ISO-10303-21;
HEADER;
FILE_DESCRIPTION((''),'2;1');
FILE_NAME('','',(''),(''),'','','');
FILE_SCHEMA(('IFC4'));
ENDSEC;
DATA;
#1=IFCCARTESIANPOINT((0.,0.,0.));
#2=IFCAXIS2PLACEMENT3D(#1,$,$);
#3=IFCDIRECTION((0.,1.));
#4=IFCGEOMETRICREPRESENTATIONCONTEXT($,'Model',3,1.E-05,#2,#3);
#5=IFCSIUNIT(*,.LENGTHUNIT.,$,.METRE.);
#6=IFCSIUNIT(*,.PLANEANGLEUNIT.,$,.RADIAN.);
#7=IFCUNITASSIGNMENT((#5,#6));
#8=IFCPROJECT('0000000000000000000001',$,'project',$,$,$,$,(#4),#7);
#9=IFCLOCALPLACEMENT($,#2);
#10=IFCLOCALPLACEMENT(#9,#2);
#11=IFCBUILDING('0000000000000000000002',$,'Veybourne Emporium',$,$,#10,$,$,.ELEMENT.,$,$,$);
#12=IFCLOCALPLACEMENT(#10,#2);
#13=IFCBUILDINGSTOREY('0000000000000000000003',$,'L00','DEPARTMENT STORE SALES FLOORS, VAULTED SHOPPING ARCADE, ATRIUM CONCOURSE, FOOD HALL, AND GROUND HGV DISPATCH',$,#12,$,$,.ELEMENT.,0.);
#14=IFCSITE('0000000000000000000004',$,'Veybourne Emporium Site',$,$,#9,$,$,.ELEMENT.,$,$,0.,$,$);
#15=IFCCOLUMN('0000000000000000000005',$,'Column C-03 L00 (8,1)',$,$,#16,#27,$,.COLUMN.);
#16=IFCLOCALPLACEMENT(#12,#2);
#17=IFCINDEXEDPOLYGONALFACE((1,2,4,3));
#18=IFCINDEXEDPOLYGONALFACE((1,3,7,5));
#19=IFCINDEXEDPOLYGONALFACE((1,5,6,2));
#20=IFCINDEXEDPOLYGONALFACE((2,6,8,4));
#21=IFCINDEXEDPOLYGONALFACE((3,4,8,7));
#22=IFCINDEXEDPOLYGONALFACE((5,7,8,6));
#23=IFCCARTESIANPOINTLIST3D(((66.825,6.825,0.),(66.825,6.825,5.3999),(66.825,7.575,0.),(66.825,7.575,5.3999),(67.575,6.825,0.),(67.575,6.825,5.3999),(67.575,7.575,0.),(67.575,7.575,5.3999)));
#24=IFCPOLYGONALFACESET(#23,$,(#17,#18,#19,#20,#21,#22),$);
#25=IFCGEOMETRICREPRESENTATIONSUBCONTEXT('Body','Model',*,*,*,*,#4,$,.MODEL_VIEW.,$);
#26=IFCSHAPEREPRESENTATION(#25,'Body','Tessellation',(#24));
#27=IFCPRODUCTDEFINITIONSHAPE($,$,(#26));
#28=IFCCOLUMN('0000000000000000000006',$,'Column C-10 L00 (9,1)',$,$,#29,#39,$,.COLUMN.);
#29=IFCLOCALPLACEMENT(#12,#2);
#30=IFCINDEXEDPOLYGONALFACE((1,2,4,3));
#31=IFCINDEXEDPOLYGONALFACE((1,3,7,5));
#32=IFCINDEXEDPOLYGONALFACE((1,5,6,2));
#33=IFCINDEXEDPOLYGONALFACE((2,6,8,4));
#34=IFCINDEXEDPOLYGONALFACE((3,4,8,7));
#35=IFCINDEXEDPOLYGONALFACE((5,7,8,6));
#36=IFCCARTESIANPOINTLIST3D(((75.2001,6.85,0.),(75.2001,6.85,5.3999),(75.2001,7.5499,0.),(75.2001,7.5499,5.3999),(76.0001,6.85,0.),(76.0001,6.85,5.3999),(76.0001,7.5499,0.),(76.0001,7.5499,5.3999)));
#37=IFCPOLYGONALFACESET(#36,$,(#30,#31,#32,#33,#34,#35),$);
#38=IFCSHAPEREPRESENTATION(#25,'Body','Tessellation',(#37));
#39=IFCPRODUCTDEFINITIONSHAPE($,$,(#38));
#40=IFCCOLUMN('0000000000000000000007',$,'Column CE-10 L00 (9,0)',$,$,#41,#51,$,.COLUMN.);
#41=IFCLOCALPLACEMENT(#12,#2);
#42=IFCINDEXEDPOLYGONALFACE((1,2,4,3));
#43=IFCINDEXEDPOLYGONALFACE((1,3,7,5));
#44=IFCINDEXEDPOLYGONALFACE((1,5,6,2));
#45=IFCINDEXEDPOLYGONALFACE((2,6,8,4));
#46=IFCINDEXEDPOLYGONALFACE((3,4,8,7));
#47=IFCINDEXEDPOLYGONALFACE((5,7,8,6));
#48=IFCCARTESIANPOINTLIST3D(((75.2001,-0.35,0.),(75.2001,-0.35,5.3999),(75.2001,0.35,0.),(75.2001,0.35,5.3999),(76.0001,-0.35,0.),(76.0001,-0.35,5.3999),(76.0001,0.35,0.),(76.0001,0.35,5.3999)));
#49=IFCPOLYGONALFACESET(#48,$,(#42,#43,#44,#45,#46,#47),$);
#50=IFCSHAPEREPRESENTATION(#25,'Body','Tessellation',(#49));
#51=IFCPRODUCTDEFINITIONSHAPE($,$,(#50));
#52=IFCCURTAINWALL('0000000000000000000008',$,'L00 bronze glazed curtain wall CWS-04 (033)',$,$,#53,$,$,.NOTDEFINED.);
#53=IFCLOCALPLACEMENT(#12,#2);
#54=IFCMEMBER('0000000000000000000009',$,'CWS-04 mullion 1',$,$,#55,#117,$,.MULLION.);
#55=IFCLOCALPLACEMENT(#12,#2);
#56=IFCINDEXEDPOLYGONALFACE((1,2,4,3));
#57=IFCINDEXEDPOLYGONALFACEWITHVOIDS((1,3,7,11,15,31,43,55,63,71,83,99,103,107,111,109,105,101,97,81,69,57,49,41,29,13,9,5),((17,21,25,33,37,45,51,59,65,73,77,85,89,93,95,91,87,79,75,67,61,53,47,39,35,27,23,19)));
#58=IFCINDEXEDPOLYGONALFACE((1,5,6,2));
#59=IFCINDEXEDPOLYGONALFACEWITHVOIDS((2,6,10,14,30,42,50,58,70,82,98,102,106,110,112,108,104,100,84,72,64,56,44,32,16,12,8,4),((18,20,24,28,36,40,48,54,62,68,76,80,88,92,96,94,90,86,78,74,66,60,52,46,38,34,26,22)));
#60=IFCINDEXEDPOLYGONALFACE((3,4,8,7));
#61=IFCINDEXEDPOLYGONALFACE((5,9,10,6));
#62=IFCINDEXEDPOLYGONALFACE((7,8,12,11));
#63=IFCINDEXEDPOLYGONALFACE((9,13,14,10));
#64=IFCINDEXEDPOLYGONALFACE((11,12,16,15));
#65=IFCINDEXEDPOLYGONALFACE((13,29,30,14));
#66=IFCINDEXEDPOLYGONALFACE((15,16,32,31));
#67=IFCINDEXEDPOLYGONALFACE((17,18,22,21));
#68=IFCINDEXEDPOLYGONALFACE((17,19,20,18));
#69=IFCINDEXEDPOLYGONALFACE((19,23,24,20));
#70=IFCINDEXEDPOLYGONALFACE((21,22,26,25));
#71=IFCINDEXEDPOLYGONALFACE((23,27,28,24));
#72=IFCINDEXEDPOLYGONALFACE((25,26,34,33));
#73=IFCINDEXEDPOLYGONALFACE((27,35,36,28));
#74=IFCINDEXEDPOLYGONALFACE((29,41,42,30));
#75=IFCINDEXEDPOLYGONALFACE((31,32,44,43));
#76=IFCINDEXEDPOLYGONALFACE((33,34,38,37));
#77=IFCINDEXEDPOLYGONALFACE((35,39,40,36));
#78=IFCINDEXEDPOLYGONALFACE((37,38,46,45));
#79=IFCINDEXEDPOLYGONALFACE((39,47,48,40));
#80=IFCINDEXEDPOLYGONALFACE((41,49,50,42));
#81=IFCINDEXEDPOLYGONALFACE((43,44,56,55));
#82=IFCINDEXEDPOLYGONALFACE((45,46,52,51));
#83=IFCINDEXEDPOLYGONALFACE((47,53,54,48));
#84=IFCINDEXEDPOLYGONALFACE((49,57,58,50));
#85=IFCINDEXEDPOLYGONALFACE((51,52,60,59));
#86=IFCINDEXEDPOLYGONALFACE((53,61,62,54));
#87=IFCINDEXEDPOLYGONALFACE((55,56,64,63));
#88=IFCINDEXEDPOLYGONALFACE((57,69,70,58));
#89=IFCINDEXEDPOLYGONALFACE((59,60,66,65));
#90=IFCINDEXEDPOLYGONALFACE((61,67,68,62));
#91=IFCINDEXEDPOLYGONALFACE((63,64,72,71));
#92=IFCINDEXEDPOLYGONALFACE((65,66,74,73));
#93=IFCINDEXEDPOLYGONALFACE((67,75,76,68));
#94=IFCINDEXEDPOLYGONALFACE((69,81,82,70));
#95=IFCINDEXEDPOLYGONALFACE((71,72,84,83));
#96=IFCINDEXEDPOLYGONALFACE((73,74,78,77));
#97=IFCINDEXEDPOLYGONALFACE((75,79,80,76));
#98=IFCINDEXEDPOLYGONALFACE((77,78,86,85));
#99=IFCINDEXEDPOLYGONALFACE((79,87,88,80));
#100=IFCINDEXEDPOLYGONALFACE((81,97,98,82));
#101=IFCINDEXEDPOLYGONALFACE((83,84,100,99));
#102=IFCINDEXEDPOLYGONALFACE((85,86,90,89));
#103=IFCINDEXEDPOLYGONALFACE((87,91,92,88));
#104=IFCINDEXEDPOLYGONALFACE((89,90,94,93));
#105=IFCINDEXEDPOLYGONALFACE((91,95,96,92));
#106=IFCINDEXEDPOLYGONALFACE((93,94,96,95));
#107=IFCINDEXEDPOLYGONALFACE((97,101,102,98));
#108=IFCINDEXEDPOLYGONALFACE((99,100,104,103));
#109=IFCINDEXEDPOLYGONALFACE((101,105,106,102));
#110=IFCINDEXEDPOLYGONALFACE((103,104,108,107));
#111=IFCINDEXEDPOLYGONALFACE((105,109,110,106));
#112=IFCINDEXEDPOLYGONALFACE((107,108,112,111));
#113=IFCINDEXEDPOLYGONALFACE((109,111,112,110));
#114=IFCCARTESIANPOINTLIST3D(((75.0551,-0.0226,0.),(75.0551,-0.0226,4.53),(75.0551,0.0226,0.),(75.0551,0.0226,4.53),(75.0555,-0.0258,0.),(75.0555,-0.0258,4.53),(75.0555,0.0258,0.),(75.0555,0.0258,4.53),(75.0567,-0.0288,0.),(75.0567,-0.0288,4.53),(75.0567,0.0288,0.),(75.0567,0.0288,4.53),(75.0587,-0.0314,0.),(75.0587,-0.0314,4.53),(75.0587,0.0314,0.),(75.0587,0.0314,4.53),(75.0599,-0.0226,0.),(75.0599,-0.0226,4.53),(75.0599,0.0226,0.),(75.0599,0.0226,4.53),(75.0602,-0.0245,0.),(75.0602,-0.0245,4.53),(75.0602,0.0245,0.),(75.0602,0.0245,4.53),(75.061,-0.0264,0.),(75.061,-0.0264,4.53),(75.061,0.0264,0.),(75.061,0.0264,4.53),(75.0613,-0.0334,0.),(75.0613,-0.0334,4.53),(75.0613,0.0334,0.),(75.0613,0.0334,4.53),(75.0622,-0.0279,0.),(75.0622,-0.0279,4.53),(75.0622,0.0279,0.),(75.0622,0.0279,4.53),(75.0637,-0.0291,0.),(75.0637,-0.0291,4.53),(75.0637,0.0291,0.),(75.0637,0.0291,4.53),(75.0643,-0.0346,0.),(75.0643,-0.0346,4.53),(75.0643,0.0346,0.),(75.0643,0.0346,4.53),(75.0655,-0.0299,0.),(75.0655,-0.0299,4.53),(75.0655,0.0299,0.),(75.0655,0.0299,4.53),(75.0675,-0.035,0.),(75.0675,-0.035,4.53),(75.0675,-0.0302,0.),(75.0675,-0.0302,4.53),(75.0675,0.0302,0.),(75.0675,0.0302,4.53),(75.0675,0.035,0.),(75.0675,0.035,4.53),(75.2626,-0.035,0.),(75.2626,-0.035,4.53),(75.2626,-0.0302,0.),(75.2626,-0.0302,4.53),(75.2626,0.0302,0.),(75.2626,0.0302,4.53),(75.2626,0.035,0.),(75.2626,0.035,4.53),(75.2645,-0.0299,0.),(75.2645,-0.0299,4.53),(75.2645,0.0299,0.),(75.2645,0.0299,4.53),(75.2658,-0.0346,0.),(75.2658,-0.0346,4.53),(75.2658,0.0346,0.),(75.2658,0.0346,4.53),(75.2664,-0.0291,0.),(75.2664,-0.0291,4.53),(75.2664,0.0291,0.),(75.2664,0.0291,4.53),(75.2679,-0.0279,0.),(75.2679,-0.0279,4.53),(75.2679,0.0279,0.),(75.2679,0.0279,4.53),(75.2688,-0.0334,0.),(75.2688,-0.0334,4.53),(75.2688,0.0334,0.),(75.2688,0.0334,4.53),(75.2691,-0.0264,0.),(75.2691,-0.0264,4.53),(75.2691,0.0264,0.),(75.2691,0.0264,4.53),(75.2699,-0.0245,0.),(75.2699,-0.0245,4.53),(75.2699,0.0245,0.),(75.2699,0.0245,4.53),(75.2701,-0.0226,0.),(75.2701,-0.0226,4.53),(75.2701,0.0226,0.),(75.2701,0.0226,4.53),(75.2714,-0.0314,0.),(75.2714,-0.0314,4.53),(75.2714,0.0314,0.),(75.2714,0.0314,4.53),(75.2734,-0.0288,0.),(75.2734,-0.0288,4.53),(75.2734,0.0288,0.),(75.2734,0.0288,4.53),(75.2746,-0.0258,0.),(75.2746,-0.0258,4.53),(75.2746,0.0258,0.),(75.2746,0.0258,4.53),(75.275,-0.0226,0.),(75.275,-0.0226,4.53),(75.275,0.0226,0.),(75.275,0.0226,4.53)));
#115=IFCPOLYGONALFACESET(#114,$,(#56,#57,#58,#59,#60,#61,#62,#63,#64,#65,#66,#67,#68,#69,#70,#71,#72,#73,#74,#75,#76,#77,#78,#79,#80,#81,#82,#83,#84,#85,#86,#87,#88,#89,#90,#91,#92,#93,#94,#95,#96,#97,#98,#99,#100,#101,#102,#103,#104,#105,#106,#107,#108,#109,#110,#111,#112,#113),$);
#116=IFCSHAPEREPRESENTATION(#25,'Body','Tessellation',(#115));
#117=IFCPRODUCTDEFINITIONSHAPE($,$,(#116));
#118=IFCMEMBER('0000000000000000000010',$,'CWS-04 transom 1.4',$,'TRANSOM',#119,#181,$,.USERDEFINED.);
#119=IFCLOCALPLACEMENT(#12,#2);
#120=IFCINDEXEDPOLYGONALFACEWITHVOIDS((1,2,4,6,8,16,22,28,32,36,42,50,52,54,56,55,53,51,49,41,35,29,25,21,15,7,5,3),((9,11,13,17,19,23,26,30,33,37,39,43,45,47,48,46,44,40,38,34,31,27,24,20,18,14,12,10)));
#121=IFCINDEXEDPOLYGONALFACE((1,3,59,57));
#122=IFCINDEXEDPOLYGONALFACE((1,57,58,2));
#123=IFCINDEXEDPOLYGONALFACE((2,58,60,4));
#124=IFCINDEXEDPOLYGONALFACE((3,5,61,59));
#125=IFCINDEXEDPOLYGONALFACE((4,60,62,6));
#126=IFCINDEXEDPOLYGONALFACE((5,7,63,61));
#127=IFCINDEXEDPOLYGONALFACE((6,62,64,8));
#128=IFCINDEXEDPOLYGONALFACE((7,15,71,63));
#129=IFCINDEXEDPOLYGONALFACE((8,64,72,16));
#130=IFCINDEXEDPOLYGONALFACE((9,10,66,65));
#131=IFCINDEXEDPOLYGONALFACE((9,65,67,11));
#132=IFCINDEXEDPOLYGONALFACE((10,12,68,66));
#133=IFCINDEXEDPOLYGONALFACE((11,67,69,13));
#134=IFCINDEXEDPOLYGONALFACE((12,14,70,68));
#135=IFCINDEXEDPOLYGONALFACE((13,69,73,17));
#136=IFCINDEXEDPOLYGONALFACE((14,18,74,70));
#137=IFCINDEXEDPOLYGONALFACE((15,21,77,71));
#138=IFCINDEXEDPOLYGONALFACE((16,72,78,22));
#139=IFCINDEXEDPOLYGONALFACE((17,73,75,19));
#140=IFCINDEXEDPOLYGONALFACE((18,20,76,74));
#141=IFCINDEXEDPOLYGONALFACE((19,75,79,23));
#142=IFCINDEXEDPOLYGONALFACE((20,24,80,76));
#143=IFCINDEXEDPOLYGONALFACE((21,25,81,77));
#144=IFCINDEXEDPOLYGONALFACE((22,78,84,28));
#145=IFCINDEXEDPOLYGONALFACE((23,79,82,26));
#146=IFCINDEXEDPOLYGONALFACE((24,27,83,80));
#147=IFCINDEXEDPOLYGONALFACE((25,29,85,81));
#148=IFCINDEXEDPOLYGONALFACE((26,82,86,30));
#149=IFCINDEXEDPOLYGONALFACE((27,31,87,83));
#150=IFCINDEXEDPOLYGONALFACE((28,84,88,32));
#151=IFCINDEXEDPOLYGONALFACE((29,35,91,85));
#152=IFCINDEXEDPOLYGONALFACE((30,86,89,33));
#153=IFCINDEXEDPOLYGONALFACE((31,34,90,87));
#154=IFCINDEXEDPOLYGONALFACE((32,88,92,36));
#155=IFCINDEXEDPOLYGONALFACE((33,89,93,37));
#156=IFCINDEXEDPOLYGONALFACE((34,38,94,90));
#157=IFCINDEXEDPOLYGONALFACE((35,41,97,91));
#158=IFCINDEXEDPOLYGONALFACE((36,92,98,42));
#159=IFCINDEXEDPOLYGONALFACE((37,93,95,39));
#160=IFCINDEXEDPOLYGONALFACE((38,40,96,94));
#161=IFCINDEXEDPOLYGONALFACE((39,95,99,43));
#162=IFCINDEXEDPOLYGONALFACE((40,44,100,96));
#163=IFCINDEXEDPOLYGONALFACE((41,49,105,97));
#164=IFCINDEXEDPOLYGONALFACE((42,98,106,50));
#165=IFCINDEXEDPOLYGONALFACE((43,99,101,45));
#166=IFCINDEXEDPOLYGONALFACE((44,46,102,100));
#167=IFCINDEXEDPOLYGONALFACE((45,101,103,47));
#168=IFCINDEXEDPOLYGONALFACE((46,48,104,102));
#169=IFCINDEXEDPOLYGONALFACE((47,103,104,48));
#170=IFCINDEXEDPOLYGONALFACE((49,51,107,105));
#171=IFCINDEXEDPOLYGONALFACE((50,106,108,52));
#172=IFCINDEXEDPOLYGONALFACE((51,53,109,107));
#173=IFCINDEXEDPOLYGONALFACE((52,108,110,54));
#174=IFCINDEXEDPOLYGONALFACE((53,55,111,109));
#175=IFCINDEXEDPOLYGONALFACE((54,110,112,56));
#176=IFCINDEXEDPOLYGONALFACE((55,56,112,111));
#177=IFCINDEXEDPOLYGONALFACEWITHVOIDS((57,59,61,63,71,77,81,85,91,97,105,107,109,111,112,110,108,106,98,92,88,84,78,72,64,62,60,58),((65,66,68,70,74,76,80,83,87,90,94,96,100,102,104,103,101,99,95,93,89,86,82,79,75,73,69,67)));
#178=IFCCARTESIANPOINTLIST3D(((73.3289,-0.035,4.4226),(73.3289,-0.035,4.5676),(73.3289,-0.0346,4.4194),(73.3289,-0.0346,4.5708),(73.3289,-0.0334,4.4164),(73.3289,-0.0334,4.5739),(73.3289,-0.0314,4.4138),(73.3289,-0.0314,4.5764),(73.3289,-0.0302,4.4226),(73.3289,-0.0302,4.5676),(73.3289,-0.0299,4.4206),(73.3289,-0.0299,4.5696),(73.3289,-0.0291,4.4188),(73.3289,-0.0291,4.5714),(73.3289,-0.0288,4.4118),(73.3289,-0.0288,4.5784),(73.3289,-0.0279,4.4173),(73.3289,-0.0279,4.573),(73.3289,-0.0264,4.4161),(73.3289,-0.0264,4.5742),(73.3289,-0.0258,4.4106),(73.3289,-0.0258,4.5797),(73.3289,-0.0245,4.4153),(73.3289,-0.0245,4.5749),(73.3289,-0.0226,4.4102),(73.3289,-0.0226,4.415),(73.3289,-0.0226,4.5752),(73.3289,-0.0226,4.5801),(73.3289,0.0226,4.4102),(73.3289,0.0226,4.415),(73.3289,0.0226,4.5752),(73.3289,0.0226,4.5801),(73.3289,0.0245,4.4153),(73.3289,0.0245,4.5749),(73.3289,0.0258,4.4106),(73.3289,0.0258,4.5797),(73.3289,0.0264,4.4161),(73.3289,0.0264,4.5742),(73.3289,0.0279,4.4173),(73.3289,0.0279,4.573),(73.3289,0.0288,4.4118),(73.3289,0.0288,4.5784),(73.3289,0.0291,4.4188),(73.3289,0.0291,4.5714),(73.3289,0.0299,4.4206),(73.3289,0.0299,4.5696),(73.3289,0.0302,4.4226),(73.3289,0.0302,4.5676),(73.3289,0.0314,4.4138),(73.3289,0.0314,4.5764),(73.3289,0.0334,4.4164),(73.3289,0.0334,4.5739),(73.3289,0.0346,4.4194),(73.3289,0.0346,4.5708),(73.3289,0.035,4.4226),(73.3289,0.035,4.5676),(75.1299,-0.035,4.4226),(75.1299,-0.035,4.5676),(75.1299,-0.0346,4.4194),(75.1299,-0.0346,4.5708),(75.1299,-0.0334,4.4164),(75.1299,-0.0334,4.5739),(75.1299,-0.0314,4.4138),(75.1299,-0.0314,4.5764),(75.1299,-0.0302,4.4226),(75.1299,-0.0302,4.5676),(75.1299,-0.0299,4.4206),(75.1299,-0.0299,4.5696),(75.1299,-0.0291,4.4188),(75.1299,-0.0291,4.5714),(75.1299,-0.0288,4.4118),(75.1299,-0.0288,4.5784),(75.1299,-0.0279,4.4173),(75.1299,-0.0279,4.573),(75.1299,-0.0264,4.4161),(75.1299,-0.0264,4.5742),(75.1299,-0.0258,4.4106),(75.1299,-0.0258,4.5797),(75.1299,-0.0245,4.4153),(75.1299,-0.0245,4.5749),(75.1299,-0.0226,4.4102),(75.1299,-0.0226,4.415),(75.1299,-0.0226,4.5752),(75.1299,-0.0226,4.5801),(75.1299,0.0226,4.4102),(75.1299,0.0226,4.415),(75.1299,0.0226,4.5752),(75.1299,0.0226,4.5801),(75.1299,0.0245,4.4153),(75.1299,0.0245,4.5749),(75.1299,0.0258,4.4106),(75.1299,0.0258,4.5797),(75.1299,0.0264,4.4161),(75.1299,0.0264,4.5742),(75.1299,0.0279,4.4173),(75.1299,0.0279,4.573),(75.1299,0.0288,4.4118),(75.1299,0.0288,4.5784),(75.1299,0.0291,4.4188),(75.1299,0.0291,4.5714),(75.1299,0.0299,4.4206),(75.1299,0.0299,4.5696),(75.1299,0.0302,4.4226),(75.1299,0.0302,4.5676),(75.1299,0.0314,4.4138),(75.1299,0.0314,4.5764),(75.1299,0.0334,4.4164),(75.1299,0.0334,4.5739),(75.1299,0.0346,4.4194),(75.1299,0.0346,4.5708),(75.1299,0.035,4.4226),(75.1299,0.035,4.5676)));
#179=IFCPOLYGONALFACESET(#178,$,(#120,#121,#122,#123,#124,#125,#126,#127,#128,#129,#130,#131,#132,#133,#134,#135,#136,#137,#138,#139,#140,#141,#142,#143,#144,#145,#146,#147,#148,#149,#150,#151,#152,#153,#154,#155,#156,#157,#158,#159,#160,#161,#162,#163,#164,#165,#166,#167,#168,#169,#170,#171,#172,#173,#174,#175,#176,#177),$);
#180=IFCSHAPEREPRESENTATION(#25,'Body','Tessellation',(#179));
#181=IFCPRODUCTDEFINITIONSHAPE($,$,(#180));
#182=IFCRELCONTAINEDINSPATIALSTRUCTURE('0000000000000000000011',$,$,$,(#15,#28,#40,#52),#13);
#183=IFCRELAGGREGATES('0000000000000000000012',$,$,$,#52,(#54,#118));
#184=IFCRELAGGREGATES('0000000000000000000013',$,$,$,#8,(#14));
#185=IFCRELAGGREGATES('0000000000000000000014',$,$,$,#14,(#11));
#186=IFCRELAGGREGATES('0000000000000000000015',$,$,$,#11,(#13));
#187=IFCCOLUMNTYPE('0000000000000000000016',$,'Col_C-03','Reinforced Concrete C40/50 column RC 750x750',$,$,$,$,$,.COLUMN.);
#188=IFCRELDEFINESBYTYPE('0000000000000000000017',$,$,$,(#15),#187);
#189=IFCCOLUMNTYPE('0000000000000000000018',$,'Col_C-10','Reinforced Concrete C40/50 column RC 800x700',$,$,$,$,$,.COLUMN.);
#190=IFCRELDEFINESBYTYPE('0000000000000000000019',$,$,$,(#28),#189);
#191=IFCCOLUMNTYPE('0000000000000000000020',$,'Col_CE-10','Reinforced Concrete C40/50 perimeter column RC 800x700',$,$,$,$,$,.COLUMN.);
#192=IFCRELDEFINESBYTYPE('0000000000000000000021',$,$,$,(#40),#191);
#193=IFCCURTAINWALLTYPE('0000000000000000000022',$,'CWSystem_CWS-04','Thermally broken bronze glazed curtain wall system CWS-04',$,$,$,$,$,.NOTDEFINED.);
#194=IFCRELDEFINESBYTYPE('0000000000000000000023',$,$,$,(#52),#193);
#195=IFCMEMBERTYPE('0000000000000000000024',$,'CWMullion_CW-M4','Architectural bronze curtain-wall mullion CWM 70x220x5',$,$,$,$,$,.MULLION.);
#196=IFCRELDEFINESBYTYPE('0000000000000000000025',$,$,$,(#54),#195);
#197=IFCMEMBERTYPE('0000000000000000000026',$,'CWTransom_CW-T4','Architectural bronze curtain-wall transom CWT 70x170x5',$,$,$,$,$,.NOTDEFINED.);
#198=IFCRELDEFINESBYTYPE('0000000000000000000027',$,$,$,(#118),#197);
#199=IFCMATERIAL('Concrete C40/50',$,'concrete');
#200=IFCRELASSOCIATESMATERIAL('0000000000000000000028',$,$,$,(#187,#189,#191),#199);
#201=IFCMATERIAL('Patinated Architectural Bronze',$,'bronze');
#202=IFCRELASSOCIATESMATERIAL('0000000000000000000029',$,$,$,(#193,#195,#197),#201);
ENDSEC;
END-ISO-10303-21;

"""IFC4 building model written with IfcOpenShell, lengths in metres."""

from ifc_helpers import new_model, si_unit, direction, frame, origin, origin_2d, place, context, subcontext, project, spatial, rectangle, hollow_rectangle, extrude, material, material_profile, profile_set, type_object, element, aggregate, save


model = new_model("IFC4")

# Units and contexts
model_context = context("Model", 3, precision=1e-05, world=origin(), true_north=direction((0.0, 1.0)))
body_context = subcontext(model_context, "Body", "Model", "MODEL_VIEW")
ifc_project = project(units=[si_unit("LENGTHUNIT", "METRE"), si_unit("PLANEANGLEUNIT", "RADIAN")], contexts=[model_context])

# Site, building, storey
site_placement = place(None, origin())
site = spatial("IfcSite", under=ifc_project, at=site_placement, Name="Veybourne Emporium Site", CompositionType="ELEMENT", RefElevation=0.0)
building_placement = place(site_placement, origin())
building = spatial("IfcBuilding", under=site, at=building_placement, Name="Veybourne Emporium", CompositionType="ELEMENT")
storey_placement = place(building_placement, origin())
storey = spatial("IfcBuildingStorey", under=building, at=storey_placement, Name="L00", Description="DEPARTMENT STORE SALES FLOORS, VAULTED SHOPPING ARCADE, ATRIUM CONCOURSE, FOOD HALL, AND GROUND HGV DISPATCH", CompositionType="ELEMENT", Elevation=0.0)

# Columns
ifc_material_1 = material(Name="Concrete C40/50", Category="concrete")
ifc_material_profile_1 = material_profile(ifc_material_1, rectangle(XDim=0.75, YDim=0.75, at=origin_2d()), Name="RC 750x750")
ifc_profile_set_1 = profile_set([ifc_material_profile_1], Name="Concrete C40/50")
column_type_1 = type_object("IfcColumnType", Name="Col_C-03", Description="Reinforced Concrete C40/50 column RC 750x750", PredefinedType="COLUMN", material=ifc_profile_set_1)
column_1_placement = place(storey_placement, frame((67.2, 7.2, 0.0), z_axis=(0.0, 0.0, 1.0), x_axis=(1.0, 0.0, 0.0)))
element("IfcColumn", 1, at=column_1_placement, inside=storey, type_object=column_type_1, Name="Column C-03 L00 (8,1)", PredefinedType="COLUMN", context=body_context, shape_type="SweptSolid", body=[
    extrude(rectangle(XDim=0.75, YDim=0.75, at=origin_2d()), origin(), (0.0, 0.0, 1.0), 5.3999),
])
ifc_material_profile_2 = material_profile(ifc_material_1, rectangle(XDim=0.8, YDim=0.7, at=origin_2d()), Name="RC 800x700")
ifc_profile_set_2 = profile_set([ifc_material_profile_2], Name="Concrete C40/50")
column_type_2 = type_object("IfcColumnType", Name="Col_C-10", Description="Reinforced Concrete C40/50 column RC 800x700", PredefinedType="COLUMN", material=ifc_profile_set_2)
column_2_placement = place(storey_placement, frame((75.6001, 7.2, 0.0), z_axis=(0.0, 0.0, 1.0), x_axis=(1.0, 0.0, 0.0)))
element("IfcColumn", 2, at=column_2_placement, inside=storey, type_object=column_type_2, Name="Column C-10 L00 (9,1)", PredefinedType="COLUMN", context=body_context, shape_type="SweptSolid", body=[
    extrude(rectangle(XDim=0.8, YDim=0.7, at=origin_2d()), origin(), (0.0, 0.0, 1.0), 5.3999),
])
ifc_material_profile_3 = material_profile(ifc_material_1, rectangle(XDim=0.8, YDim=0.7, at=origin_2d()), Name="RC 800x700")
ifc_profile_set_3 = profile_set([ifc_material_profile_3], Name="Concrete C40/50")
column_type_3 = type_object("IfcColumnType", Name="Col_CE-10", Description="Reinforced Concrete C40/50 perimeter column RC 800x700", PredefinedType="COLUMN", material=ifc_profile_set_3)
column_3_placement = place(storey_placement, frame((75.6001, 0.0, 0.0), z_axis=(0.0, 0.0, 1.0), x_axis=(1.0, 0.0, 0.0)))
element("IfcColumn", 3, at=column_3_placement, inside=storey, type_object=column_type_3, Name="Column CE-10 L00 (9,0)", PredefinedType="COLUMN", context=body_context, shape_type="SweptSolid", body=[
    extrude(rectangle(XDim=0.8, YDim=0.7, at=origin_2d()), origin(), (0.0, 0.0, 1.0), 5.3999),
])

# Curtain wall, members
ifc_material_2 = material(Name="Patinated Architectural Bronze", Category="bronze")
curtain_wall_type = type_object("IfcCurtainWallType", Name="CWSystem_CWS-04", Description="Thermally broken bronze glazed curtain wall system CWS-04", PredefinedType="NOTDEFINED", material=ifc_material_2)
curtain_wall_placement = place(storey_placement, origin())
curtain_wall = element("IfcCurtainWall", 4, at=curtain_wall_placement, inside=storey, type_object=curtain_wall_type, Name="L00 bronze glazed curtain wall CWS-04 (033)", PredefinedType="NOTDEFINED")
ifc_material_profile_4 = material_profile(ifc_material_2, hollow_rectangle(XDim=0.0701, YDim=0.22, WallThickness=0.0049, InnerFilletRadius=0.0076, OuterFilletRadius=0.0125, at=origin_2d()), Name="CWM 70x220x5")
ifc_profile_set_4 = profile_set([ifc_material_profile_4], Name="Patinated Architectural Bronze")
member_type_1 = type_object("IfcMemberType", Name="CWMullion_CW-M4", Description="Architectural bronze curtain-wall mullion CWM 70x220x5", PredefinedType="MULLION", material=ifc_profile_set_4)
member_1_placement = place(storey_placement, frame((75.165, 0.0, 0.0), z_axis=(0.0, 0.0, 1.0), x_axis=(0.0, -1.0, 0.0)))
member_1 = element("IfcMember", 5, at=member_1_placement, type_object=member_type_1, Name="CWS-04 mullion 1", PredefinedType="MULLION", context=body_context, shape_type="SweptSolid", body=[
    extrude(hollow_rectangle(XDim=0.0701, YDim=0.22, WallThickness=0.0049, InnerFilletRadius=0.0076, OuterFilletRadius=0.0125, at=origin_2d()), origin(), (0.0, 0.0, 1.0), 4.53),
])
ifc_material_profile_5 = material_profile(ifc_material_2, hollow_rectangle(XDim=0.0701, YDim=0.1699, WallThickness=0.0049, InnerFilletRadius=0.0076, OuterFilletRadius=0.0125, at=origin_2d()), Name="CWT 70x170x5")
ifc_profile_set_5 = profile_set([ifc_material_profile_5], Name="Patinated Architectural Bronze")
member_type_2 = type_object("IfcMemberType", Name="CWTransom_CW-T4", Description="Architectural bronze curtain-wall transom CWT 70x170x5", PredefinedType="NOTDEFINED", material=ifc_profile_set_5)
member_2_placement = place(storey_placement, frame((75.1299, 0.0, 4.4951), z_axis=(-1.0, 0.0, 0.0), x_axis=(0.0, -1.0, 0.0)))
member_2 = element("IfcMember", 6, at=member_2_placement, type_object=member_type_2, Name="CWS-04 transom 1.4", ObjectType="TRANSOM", PredefinedType="USERDEFINED", context=body_context, shape_type="SweptSolid", body=[
    extrude(hollow_rectangle(XDim=0.0701, YDim=0.1699, WallThickness=0.0049, InnerFilletRadius=0.0076, OuterFilletRadius=0.0125, at=origin_2d()), origin(), (0.0, 0.0, 1.0), 1.801),
])
aggregate(curtain_wall, [member_1, member_2])

save(model, "model.ifc")
